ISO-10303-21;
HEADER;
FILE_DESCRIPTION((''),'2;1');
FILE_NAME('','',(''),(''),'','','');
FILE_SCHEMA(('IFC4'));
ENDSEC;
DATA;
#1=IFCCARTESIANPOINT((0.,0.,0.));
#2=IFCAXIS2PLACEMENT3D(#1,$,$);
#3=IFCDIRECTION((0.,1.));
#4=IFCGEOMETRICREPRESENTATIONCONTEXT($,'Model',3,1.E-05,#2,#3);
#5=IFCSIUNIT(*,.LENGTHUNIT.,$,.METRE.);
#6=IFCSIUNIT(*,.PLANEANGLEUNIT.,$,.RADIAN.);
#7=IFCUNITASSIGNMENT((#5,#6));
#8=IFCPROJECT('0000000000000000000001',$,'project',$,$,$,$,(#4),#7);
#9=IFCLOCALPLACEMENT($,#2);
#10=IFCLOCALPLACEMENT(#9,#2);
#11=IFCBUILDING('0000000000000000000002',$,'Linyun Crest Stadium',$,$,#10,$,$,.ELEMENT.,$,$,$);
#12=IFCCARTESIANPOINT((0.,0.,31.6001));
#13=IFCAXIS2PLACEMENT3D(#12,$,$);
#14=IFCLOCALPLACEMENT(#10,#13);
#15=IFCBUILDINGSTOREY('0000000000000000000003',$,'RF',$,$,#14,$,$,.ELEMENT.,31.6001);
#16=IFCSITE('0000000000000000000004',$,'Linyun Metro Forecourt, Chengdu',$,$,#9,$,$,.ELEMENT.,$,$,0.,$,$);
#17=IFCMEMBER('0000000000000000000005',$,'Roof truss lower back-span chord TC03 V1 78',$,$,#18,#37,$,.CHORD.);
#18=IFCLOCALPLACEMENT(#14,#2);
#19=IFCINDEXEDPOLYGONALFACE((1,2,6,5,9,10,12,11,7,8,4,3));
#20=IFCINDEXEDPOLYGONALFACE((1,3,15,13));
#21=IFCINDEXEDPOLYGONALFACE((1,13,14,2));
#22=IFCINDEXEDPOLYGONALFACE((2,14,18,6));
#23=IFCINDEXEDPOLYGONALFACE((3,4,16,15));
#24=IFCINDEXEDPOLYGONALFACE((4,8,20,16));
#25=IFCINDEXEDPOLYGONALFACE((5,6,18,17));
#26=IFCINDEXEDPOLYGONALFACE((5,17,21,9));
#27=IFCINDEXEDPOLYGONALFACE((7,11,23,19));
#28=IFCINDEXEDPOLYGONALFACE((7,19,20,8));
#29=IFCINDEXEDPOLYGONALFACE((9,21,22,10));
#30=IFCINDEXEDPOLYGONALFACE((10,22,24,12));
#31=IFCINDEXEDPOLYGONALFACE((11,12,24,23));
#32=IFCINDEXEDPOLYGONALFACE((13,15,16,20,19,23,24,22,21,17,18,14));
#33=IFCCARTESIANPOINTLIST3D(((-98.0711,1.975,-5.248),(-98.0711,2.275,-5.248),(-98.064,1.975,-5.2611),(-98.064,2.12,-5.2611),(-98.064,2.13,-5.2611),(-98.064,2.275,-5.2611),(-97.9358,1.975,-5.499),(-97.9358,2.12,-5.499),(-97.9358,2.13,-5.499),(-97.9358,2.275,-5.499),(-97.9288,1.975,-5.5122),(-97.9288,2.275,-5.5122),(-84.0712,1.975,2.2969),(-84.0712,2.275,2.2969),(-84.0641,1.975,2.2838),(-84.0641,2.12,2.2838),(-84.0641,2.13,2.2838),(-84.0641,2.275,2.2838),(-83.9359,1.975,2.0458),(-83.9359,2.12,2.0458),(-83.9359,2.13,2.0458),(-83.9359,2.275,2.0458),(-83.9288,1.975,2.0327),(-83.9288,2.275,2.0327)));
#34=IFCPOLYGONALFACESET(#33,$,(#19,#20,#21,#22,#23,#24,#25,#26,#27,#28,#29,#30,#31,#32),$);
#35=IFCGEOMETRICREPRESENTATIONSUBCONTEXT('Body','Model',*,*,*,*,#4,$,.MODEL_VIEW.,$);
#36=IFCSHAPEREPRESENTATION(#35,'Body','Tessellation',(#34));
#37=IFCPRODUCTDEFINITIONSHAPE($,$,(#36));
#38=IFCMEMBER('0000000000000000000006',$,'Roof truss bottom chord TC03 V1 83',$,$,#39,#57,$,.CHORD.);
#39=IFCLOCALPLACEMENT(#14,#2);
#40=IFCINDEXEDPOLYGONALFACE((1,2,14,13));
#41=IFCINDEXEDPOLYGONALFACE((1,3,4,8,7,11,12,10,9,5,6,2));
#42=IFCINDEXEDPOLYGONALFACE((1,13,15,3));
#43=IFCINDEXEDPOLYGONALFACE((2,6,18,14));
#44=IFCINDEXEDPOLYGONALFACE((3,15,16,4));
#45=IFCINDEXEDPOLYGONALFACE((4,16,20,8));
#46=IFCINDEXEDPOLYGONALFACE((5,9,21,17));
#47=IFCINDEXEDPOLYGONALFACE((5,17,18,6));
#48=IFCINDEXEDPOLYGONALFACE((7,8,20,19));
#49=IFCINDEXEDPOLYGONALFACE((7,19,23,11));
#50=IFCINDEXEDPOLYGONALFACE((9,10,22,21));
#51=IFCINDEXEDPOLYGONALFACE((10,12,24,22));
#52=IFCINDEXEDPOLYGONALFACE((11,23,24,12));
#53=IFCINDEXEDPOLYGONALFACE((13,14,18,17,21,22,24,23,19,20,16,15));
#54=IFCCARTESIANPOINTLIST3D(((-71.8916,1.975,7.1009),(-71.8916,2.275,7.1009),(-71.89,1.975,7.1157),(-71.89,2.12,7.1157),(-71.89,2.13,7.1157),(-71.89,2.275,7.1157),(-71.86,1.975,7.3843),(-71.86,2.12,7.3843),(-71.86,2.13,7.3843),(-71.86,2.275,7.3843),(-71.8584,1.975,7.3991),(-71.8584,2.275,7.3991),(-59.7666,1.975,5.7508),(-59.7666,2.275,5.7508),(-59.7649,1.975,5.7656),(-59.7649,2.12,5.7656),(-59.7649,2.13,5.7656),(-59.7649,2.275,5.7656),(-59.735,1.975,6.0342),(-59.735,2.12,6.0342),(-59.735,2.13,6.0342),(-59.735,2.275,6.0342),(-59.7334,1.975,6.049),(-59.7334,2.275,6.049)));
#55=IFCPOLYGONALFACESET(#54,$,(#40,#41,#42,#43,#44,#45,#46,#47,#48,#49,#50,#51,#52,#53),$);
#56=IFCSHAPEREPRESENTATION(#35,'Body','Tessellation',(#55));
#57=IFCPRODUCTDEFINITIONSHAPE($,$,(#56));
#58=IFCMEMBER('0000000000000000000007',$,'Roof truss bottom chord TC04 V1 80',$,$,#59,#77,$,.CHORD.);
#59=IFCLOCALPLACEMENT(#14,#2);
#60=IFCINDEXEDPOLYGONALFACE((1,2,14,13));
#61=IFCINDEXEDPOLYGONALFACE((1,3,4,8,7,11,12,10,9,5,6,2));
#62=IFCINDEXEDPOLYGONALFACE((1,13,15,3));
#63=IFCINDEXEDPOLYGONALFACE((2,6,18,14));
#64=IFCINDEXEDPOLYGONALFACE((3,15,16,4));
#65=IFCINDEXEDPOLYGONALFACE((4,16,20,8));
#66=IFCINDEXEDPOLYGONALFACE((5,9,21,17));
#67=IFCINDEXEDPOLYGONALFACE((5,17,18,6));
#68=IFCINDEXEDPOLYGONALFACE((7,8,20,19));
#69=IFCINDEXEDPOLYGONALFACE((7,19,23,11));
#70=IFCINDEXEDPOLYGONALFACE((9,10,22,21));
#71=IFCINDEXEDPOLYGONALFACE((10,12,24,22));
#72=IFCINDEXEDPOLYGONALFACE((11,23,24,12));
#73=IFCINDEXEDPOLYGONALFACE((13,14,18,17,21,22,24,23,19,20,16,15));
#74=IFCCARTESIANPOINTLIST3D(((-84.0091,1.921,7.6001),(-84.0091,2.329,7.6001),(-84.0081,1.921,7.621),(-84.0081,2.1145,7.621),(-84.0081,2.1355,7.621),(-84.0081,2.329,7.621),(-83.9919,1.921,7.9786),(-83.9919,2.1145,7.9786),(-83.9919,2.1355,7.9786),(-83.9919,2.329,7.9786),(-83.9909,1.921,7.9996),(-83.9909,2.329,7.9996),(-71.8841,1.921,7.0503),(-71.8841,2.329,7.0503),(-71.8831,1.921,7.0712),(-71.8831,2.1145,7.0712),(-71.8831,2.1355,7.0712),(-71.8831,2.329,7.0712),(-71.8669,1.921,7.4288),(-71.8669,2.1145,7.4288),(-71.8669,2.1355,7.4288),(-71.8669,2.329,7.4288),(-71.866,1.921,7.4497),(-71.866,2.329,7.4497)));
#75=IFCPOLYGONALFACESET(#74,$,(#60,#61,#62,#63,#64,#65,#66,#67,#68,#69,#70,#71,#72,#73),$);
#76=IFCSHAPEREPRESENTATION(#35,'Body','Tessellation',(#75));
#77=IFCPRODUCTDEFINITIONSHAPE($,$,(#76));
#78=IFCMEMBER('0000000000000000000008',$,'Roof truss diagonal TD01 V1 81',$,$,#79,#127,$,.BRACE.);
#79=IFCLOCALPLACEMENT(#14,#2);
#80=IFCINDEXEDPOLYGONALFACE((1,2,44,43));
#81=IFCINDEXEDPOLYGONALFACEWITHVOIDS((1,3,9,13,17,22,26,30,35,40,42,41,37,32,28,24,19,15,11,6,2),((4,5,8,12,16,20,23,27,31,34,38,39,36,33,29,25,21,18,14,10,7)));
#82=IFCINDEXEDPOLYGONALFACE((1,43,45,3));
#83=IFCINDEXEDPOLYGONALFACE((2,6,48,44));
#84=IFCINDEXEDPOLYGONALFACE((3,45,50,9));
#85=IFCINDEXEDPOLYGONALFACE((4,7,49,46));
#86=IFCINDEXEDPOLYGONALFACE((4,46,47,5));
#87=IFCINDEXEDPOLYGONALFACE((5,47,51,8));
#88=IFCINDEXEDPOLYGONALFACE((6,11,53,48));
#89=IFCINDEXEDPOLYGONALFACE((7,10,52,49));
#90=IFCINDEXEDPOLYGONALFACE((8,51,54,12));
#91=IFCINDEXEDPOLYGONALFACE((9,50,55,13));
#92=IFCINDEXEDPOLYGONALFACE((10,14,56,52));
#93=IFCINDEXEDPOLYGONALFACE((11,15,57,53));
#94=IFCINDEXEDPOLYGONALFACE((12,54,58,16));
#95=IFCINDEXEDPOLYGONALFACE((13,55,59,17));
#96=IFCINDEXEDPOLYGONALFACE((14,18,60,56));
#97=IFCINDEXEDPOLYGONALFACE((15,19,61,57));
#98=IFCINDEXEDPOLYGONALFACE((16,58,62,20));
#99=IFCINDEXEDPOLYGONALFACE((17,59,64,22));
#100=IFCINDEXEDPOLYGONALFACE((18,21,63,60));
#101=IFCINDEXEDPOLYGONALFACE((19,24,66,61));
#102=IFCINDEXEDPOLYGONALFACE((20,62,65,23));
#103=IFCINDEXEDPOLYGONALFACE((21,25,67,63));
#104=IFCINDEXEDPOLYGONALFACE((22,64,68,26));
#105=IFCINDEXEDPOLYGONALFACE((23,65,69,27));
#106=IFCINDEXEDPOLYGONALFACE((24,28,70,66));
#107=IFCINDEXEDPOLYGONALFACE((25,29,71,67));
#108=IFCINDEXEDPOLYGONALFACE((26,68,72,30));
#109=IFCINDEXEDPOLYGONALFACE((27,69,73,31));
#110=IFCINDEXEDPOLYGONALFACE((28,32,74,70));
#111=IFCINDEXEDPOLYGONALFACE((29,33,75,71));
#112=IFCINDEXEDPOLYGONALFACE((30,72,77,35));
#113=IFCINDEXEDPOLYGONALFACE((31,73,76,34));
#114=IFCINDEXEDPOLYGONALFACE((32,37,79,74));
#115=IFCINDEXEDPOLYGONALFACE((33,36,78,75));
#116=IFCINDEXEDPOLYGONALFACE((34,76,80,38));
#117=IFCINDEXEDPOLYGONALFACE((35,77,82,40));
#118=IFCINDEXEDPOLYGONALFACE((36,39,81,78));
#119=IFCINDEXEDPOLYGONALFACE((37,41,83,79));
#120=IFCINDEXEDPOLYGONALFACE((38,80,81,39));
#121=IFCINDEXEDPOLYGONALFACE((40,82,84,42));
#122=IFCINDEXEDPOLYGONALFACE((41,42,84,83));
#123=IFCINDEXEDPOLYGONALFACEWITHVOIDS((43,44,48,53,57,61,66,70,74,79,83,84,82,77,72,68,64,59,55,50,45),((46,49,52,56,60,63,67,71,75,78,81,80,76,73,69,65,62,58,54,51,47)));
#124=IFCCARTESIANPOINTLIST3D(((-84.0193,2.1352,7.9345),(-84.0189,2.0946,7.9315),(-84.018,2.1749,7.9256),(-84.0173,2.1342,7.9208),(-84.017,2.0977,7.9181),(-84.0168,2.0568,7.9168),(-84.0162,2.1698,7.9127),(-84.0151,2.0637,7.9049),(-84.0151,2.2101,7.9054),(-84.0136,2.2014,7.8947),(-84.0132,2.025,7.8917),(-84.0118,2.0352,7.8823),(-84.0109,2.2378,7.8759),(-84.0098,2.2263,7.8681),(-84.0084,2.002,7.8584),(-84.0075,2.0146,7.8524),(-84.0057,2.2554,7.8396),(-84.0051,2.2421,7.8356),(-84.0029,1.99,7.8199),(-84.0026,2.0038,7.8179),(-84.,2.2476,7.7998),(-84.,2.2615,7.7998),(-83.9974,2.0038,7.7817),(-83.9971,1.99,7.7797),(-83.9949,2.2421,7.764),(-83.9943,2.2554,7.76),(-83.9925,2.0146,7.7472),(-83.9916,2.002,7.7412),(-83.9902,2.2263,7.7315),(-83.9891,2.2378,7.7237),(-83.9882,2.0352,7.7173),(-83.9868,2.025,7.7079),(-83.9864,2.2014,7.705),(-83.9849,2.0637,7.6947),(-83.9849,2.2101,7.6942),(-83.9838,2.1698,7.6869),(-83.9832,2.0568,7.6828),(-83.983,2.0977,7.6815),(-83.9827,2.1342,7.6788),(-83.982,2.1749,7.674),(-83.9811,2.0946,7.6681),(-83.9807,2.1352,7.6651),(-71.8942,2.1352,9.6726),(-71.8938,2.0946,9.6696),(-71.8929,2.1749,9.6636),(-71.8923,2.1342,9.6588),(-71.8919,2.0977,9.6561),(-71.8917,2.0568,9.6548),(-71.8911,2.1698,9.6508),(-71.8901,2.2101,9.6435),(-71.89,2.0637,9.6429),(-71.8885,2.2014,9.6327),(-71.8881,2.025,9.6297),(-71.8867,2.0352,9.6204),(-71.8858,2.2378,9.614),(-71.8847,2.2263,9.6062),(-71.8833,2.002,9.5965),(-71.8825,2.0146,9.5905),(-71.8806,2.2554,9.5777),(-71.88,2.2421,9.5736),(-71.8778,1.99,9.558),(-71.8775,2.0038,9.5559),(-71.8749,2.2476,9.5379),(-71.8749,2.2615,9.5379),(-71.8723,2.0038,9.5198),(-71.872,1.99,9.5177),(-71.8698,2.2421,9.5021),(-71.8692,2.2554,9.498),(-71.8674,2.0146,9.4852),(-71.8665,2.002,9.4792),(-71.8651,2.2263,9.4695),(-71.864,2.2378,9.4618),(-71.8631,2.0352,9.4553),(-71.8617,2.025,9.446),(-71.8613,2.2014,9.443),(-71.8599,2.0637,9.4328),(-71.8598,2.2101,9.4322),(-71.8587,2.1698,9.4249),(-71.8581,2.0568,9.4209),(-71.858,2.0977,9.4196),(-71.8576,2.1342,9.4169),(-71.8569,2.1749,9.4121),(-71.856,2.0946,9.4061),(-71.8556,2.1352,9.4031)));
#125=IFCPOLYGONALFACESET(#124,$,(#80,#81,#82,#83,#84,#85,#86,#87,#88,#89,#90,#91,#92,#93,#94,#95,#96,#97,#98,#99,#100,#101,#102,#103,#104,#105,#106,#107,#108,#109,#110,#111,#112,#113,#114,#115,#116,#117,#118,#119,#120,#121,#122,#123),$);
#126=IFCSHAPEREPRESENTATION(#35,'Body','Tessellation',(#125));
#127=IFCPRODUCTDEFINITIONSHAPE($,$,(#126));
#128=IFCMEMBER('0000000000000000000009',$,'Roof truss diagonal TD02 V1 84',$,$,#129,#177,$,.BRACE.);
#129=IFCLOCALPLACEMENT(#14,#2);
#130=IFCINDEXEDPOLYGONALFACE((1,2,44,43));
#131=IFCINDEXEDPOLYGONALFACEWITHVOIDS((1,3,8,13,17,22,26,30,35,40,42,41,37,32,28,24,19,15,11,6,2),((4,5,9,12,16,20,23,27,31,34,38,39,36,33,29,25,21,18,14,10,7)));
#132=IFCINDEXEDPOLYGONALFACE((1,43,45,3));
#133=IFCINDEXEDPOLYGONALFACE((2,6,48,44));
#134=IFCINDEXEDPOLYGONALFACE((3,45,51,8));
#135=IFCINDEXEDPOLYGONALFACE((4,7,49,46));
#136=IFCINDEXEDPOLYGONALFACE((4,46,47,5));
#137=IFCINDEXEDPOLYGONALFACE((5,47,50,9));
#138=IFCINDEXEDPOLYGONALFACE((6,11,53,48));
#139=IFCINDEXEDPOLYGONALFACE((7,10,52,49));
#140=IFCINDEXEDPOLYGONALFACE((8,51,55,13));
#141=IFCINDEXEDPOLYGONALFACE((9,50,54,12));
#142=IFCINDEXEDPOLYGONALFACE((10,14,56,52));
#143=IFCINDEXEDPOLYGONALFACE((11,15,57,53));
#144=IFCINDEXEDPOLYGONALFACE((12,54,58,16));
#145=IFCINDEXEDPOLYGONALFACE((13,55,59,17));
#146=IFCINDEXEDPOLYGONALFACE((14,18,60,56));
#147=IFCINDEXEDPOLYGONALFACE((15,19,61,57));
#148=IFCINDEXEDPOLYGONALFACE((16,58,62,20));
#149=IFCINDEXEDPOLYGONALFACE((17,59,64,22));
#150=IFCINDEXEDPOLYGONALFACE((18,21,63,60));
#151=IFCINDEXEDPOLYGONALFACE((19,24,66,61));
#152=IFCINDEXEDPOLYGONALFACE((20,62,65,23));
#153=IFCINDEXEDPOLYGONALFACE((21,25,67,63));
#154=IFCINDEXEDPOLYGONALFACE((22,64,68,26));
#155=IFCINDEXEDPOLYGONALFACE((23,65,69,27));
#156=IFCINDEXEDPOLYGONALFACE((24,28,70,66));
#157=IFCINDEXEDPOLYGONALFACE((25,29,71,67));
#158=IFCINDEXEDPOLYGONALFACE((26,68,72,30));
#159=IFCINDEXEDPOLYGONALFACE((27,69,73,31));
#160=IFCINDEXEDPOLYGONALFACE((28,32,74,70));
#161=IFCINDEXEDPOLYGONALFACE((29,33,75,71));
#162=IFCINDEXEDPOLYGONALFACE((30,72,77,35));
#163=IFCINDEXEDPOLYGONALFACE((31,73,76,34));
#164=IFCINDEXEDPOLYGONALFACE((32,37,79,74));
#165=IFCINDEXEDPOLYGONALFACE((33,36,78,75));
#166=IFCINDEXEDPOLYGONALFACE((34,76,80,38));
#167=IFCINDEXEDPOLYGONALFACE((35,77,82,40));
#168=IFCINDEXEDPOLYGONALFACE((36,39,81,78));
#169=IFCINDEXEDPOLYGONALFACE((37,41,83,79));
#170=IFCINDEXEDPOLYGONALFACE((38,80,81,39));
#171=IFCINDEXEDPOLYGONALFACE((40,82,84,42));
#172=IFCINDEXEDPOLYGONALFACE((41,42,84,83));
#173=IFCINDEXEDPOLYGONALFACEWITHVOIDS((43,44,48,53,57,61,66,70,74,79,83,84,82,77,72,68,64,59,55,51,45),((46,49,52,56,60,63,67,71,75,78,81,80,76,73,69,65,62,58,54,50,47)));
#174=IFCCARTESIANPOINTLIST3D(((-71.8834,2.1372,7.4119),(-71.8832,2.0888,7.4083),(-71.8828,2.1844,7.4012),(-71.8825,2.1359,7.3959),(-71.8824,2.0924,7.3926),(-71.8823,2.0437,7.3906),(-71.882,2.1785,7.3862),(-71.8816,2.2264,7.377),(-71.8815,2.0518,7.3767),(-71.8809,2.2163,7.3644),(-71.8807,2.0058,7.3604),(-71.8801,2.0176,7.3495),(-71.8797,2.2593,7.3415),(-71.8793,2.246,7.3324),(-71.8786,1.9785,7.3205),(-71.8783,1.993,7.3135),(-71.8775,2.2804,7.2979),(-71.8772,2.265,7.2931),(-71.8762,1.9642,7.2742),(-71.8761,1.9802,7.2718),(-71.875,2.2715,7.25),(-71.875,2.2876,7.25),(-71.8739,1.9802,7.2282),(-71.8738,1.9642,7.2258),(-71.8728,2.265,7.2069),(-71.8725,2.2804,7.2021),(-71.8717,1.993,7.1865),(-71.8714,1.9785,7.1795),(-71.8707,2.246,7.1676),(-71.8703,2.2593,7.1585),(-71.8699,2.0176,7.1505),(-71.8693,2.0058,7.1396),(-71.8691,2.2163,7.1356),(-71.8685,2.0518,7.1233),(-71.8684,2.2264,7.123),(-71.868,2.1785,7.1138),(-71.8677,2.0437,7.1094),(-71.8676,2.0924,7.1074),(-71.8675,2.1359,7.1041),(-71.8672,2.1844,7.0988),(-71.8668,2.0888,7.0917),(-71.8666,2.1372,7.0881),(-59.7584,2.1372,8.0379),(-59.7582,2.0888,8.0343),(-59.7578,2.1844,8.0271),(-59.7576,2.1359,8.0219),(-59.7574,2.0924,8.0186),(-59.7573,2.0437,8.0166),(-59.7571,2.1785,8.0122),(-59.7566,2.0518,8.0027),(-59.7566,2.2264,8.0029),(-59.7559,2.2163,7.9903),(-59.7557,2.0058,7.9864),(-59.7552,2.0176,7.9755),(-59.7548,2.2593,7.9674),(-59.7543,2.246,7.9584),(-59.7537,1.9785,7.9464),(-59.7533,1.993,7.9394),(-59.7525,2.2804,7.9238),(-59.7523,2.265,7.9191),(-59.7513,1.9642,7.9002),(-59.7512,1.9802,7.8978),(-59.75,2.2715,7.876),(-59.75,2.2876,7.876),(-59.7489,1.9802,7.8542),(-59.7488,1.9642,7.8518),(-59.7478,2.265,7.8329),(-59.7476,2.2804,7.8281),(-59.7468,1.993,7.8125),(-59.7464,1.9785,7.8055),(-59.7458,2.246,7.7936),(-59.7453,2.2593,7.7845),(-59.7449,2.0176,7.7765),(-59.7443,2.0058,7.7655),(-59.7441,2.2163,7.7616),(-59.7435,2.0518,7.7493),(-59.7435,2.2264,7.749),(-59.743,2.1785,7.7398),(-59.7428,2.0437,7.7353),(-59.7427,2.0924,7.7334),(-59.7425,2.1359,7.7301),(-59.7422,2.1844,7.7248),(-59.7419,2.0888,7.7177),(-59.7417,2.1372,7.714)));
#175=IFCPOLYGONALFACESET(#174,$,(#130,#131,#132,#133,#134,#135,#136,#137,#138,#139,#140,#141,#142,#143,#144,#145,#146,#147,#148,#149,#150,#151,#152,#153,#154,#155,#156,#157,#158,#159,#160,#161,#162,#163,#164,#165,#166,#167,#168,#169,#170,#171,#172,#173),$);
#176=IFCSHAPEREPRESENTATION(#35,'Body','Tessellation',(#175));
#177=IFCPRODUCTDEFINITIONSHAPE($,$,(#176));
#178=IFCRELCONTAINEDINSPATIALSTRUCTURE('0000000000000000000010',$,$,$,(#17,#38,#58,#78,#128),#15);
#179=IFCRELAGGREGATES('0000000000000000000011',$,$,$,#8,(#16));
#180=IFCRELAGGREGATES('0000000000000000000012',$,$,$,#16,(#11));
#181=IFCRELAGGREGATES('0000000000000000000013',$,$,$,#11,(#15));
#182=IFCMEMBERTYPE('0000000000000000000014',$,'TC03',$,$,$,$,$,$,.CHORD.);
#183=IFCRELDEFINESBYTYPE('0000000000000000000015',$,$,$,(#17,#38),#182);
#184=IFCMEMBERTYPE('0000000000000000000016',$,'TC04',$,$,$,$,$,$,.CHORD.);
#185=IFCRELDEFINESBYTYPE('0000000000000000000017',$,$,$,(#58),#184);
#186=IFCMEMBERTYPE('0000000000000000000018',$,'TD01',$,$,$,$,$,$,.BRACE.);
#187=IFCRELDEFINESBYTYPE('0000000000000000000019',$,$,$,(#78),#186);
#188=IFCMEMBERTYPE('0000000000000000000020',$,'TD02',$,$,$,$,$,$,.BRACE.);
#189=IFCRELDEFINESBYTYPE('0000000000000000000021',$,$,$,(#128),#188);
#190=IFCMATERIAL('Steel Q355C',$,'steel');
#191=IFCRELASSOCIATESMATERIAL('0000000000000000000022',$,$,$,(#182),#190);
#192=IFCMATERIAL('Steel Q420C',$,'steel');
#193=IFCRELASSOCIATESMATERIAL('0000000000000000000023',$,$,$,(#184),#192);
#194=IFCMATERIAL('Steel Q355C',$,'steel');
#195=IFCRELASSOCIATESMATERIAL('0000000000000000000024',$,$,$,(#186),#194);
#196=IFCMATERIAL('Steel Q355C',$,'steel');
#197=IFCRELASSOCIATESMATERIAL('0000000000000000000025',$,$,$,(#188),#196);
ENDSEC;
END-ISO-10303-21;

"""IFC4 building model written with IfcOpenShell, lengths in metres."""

from ifc_helpers import new_model, si_unit, direction, frame, origin, origin_2d, place, context, subcontext, project, spatial, hollow_circle, i_section, extrude, material, material_profile, profile_set, type_object, element, save


model = new_model("IFC4")

# Units and contexts
model_context = context("Model", 3, precision=1e-05, world=origin(), true_north=direction((0.0, 1.0)))
body_context = subcontext(model_context, "Body", "Model", "MODEL_VIEW")
ifc_project = project(units=[si_unit("LENGTHUNIT", "METRE"), si_unit("PLANEANGLEUNIT", "RADIAN")], contexts=[model_context])

# Site, building, storey
site_placement = place(None, origin())
site = spatial("IfcSite", under=ifc_project, at=site_placement, Name="Linyun Metro Forecourt, Chengdu", CompositionType="ELEMENT", RefElevation=0.0)
building_placement = place(site_placement, origin())
building = spatial("IfcBuilding", under=site, at=building_placement, Name="Linyun Crest Stadium", CompositionType="ELEMENT")
storey_placement = place(building_placement, frame((0.0, 0.0, 31.6001)))
storey = spatial("IfcBuildingStorey", under=building, at=storey_placement, Name="RF", CompositionType="ELEMENT", Elevation=31.6001)

# Members
ifc_material_1 = material(Name="Steel Q355C", Category="steel")
ifc_material_profile_1 = material_profile(ifc_material_1, i_section(OverallWidth=0.3, OverallDepth=0.3, WebThickness=0.01, FlangeThickness=0.0149, at=origin_2d()), Name="HW 300x300")
ifc_profile_set_1 = profile_set([ifc_material_profile_1], Name="Steel Q355C")
member_type_1 = type_object("IfcMemberType", Name="TC03", PredefinedType="CHORD", material=ifc_profile_set_1)
member_1_placement = place(storey_placement, frame((-84.0, 2.125, 2.1648), z_axis=(-0.880301, 0.0, -0.474415), x_axis=(0.0, -1.0, 0.0)))
element("IfcMember", 1, at=member_1_placement, inside=storey, type_object=member_type_1, Name="Roof truss lower back-span chord TC03 V1 78", PredefinedType="CHORD", context=body_context, shape_type="SweptSolid", body=[
    extrude(i_section(OverallWidth=0.3, OverallDepth=0.3, WebThickness=0.01, FlangeThickness=0.0149, at=origin_2d()), origin(), (0.0, 0.0, 1.0), 15.9036),
])
member_2_placement = place(storey_placement, frame((-71.875, 2.125, 7.25), z_axis=(0.993858, 0.0, -0.110664), x_axis=(0.0, 1.0, 0.0)))
element("IfcMember", 2, at=member_2_placement, inside=storey, type_object=member_type_1, Name="Roof truss bottom chord TC03 V1 83", PredefinedType="CHORD", context=body_context, shape_type="SweptSolid", body=[
    extrude(i_section(OverallWidth=0.3, OverallDepth=0.3, WebThickness=0.01, FlangeThickness=0.0149, at=origin_2d()), origin(), (0.0, 0.0, 1.0), 12.2),
])
ifc_material_2 = material(Name="Steel Q420C", Category="steel")
ifc_material_profile_2 = material_profile(ifc_material_2, i_section(OverallWidth=0.408, OverallDepth=0.3999, WebThickness=0.021, FlangeThickness=0.021, at=origin_2d()), Name="HW 400x408")
ifc_profile_set_2 = profile_set([ifc_material_profile_2], Name="Steel Q420C")
member_type_2 = type_object("IfcMemberType", Name="TC04", PredefinedType="CHORD", material=ifc_profile_set_2)
member_3_placement = place(storey_placement, frame((-84.0, 2.125, 7.7998), z_axis=(0.998974, 0.0, -0.045298), x_axis=(0.0, 1.0, 0.0)))
element("IfcMember", 3, at=member_3_placement, inside=storey, type_object=member_type_2, Name="Roof truss bottom chord TC04 V1 80", PredefinedType="CHORD", context=body_context, shape_type="SweptSolid", body=[
    extrude(i_section(OverallWidth=0.408, OverallDepth=0.3999, WebThickness=0.021, FlangeThickness=0.021, at=origin_2d()), origin(), (0.0, 0.0, 1.0), 12.1375),
])
ifc_material_3 = material(Name="Steel Q355C", Category="steel")
ifc_material_profile_3 = material_profile(ifc_material_3, hollow_circle(Radius=0.1365, WallThickness=0.0139, at=origin_2d()), Name="CHS 273x14")
ifc_profile_set_3 = profile_set([ifc_material_profile_3], Name="Steel Q355C")
member_type_3 = type_object("IfcMemberType", Name="TD01", PredefinedType="BRACE", material=ifc_profile_set_3)
member_4_placement = place(storey_placement, frame((-84.0, 2.125, 7.7998), z_axis=(0.989882, 0.0, 0.141893), x_axis=(0.0, 1.0, 0.0)))
element("IfcMember", 4, at=member_4_placement, inside=storey, type_object=member_type_3, Name="Roof truss diagonal TD01 V1 81", PredefinedType="BRACE", context=body_context, shape_type="SweptSolid", body=[
    extrude(hollow_circle(Radius=0.1365, WallThickness=0.0139, at=origin_2d()), origin(), (0.0, 0.0, 1.0), 12.249),
])
ifc_material_4 = material(Name="Steel Q355C", Category="steel")
ifc_material_profile_4 = material_profile(ifc_material_4, hollow_circle(Radius=0.1626, WallThickness=0.0161, at=origin_2d()), Name="CHS 325x16")
ifc_profile_set_4 = profile_set([ifc_material_profile_4], Name="Steel Q355C")
member_type_4 = type_object("IfcMemberType", Name="TD02", PredefinedType="BRACE", material=ifc_profile_set_4)
member_5_placement = place(storey_placement, frame((-71.875, 2.125, 7.25), z_axis=(0.99867, 0.0, 0.051558), x_axis=(0.0, 1.0, 0.0)))
element("IfcMember", 5, at=member_5_placement, inside=storey, type_object=member_type_4, Name="Roof truss diagonal TD02 V1 84", PredefinedType="BRACE", context=body_context, shape_type="SweptSolid", body=[
    extrude(hollow_circle(Radius=0.1626, WallThickness=0.0161, at=origin_2d()), origin(), (0.0, 0.0, 1.0), 12.1411),
])

save(model, "model.ifc")
